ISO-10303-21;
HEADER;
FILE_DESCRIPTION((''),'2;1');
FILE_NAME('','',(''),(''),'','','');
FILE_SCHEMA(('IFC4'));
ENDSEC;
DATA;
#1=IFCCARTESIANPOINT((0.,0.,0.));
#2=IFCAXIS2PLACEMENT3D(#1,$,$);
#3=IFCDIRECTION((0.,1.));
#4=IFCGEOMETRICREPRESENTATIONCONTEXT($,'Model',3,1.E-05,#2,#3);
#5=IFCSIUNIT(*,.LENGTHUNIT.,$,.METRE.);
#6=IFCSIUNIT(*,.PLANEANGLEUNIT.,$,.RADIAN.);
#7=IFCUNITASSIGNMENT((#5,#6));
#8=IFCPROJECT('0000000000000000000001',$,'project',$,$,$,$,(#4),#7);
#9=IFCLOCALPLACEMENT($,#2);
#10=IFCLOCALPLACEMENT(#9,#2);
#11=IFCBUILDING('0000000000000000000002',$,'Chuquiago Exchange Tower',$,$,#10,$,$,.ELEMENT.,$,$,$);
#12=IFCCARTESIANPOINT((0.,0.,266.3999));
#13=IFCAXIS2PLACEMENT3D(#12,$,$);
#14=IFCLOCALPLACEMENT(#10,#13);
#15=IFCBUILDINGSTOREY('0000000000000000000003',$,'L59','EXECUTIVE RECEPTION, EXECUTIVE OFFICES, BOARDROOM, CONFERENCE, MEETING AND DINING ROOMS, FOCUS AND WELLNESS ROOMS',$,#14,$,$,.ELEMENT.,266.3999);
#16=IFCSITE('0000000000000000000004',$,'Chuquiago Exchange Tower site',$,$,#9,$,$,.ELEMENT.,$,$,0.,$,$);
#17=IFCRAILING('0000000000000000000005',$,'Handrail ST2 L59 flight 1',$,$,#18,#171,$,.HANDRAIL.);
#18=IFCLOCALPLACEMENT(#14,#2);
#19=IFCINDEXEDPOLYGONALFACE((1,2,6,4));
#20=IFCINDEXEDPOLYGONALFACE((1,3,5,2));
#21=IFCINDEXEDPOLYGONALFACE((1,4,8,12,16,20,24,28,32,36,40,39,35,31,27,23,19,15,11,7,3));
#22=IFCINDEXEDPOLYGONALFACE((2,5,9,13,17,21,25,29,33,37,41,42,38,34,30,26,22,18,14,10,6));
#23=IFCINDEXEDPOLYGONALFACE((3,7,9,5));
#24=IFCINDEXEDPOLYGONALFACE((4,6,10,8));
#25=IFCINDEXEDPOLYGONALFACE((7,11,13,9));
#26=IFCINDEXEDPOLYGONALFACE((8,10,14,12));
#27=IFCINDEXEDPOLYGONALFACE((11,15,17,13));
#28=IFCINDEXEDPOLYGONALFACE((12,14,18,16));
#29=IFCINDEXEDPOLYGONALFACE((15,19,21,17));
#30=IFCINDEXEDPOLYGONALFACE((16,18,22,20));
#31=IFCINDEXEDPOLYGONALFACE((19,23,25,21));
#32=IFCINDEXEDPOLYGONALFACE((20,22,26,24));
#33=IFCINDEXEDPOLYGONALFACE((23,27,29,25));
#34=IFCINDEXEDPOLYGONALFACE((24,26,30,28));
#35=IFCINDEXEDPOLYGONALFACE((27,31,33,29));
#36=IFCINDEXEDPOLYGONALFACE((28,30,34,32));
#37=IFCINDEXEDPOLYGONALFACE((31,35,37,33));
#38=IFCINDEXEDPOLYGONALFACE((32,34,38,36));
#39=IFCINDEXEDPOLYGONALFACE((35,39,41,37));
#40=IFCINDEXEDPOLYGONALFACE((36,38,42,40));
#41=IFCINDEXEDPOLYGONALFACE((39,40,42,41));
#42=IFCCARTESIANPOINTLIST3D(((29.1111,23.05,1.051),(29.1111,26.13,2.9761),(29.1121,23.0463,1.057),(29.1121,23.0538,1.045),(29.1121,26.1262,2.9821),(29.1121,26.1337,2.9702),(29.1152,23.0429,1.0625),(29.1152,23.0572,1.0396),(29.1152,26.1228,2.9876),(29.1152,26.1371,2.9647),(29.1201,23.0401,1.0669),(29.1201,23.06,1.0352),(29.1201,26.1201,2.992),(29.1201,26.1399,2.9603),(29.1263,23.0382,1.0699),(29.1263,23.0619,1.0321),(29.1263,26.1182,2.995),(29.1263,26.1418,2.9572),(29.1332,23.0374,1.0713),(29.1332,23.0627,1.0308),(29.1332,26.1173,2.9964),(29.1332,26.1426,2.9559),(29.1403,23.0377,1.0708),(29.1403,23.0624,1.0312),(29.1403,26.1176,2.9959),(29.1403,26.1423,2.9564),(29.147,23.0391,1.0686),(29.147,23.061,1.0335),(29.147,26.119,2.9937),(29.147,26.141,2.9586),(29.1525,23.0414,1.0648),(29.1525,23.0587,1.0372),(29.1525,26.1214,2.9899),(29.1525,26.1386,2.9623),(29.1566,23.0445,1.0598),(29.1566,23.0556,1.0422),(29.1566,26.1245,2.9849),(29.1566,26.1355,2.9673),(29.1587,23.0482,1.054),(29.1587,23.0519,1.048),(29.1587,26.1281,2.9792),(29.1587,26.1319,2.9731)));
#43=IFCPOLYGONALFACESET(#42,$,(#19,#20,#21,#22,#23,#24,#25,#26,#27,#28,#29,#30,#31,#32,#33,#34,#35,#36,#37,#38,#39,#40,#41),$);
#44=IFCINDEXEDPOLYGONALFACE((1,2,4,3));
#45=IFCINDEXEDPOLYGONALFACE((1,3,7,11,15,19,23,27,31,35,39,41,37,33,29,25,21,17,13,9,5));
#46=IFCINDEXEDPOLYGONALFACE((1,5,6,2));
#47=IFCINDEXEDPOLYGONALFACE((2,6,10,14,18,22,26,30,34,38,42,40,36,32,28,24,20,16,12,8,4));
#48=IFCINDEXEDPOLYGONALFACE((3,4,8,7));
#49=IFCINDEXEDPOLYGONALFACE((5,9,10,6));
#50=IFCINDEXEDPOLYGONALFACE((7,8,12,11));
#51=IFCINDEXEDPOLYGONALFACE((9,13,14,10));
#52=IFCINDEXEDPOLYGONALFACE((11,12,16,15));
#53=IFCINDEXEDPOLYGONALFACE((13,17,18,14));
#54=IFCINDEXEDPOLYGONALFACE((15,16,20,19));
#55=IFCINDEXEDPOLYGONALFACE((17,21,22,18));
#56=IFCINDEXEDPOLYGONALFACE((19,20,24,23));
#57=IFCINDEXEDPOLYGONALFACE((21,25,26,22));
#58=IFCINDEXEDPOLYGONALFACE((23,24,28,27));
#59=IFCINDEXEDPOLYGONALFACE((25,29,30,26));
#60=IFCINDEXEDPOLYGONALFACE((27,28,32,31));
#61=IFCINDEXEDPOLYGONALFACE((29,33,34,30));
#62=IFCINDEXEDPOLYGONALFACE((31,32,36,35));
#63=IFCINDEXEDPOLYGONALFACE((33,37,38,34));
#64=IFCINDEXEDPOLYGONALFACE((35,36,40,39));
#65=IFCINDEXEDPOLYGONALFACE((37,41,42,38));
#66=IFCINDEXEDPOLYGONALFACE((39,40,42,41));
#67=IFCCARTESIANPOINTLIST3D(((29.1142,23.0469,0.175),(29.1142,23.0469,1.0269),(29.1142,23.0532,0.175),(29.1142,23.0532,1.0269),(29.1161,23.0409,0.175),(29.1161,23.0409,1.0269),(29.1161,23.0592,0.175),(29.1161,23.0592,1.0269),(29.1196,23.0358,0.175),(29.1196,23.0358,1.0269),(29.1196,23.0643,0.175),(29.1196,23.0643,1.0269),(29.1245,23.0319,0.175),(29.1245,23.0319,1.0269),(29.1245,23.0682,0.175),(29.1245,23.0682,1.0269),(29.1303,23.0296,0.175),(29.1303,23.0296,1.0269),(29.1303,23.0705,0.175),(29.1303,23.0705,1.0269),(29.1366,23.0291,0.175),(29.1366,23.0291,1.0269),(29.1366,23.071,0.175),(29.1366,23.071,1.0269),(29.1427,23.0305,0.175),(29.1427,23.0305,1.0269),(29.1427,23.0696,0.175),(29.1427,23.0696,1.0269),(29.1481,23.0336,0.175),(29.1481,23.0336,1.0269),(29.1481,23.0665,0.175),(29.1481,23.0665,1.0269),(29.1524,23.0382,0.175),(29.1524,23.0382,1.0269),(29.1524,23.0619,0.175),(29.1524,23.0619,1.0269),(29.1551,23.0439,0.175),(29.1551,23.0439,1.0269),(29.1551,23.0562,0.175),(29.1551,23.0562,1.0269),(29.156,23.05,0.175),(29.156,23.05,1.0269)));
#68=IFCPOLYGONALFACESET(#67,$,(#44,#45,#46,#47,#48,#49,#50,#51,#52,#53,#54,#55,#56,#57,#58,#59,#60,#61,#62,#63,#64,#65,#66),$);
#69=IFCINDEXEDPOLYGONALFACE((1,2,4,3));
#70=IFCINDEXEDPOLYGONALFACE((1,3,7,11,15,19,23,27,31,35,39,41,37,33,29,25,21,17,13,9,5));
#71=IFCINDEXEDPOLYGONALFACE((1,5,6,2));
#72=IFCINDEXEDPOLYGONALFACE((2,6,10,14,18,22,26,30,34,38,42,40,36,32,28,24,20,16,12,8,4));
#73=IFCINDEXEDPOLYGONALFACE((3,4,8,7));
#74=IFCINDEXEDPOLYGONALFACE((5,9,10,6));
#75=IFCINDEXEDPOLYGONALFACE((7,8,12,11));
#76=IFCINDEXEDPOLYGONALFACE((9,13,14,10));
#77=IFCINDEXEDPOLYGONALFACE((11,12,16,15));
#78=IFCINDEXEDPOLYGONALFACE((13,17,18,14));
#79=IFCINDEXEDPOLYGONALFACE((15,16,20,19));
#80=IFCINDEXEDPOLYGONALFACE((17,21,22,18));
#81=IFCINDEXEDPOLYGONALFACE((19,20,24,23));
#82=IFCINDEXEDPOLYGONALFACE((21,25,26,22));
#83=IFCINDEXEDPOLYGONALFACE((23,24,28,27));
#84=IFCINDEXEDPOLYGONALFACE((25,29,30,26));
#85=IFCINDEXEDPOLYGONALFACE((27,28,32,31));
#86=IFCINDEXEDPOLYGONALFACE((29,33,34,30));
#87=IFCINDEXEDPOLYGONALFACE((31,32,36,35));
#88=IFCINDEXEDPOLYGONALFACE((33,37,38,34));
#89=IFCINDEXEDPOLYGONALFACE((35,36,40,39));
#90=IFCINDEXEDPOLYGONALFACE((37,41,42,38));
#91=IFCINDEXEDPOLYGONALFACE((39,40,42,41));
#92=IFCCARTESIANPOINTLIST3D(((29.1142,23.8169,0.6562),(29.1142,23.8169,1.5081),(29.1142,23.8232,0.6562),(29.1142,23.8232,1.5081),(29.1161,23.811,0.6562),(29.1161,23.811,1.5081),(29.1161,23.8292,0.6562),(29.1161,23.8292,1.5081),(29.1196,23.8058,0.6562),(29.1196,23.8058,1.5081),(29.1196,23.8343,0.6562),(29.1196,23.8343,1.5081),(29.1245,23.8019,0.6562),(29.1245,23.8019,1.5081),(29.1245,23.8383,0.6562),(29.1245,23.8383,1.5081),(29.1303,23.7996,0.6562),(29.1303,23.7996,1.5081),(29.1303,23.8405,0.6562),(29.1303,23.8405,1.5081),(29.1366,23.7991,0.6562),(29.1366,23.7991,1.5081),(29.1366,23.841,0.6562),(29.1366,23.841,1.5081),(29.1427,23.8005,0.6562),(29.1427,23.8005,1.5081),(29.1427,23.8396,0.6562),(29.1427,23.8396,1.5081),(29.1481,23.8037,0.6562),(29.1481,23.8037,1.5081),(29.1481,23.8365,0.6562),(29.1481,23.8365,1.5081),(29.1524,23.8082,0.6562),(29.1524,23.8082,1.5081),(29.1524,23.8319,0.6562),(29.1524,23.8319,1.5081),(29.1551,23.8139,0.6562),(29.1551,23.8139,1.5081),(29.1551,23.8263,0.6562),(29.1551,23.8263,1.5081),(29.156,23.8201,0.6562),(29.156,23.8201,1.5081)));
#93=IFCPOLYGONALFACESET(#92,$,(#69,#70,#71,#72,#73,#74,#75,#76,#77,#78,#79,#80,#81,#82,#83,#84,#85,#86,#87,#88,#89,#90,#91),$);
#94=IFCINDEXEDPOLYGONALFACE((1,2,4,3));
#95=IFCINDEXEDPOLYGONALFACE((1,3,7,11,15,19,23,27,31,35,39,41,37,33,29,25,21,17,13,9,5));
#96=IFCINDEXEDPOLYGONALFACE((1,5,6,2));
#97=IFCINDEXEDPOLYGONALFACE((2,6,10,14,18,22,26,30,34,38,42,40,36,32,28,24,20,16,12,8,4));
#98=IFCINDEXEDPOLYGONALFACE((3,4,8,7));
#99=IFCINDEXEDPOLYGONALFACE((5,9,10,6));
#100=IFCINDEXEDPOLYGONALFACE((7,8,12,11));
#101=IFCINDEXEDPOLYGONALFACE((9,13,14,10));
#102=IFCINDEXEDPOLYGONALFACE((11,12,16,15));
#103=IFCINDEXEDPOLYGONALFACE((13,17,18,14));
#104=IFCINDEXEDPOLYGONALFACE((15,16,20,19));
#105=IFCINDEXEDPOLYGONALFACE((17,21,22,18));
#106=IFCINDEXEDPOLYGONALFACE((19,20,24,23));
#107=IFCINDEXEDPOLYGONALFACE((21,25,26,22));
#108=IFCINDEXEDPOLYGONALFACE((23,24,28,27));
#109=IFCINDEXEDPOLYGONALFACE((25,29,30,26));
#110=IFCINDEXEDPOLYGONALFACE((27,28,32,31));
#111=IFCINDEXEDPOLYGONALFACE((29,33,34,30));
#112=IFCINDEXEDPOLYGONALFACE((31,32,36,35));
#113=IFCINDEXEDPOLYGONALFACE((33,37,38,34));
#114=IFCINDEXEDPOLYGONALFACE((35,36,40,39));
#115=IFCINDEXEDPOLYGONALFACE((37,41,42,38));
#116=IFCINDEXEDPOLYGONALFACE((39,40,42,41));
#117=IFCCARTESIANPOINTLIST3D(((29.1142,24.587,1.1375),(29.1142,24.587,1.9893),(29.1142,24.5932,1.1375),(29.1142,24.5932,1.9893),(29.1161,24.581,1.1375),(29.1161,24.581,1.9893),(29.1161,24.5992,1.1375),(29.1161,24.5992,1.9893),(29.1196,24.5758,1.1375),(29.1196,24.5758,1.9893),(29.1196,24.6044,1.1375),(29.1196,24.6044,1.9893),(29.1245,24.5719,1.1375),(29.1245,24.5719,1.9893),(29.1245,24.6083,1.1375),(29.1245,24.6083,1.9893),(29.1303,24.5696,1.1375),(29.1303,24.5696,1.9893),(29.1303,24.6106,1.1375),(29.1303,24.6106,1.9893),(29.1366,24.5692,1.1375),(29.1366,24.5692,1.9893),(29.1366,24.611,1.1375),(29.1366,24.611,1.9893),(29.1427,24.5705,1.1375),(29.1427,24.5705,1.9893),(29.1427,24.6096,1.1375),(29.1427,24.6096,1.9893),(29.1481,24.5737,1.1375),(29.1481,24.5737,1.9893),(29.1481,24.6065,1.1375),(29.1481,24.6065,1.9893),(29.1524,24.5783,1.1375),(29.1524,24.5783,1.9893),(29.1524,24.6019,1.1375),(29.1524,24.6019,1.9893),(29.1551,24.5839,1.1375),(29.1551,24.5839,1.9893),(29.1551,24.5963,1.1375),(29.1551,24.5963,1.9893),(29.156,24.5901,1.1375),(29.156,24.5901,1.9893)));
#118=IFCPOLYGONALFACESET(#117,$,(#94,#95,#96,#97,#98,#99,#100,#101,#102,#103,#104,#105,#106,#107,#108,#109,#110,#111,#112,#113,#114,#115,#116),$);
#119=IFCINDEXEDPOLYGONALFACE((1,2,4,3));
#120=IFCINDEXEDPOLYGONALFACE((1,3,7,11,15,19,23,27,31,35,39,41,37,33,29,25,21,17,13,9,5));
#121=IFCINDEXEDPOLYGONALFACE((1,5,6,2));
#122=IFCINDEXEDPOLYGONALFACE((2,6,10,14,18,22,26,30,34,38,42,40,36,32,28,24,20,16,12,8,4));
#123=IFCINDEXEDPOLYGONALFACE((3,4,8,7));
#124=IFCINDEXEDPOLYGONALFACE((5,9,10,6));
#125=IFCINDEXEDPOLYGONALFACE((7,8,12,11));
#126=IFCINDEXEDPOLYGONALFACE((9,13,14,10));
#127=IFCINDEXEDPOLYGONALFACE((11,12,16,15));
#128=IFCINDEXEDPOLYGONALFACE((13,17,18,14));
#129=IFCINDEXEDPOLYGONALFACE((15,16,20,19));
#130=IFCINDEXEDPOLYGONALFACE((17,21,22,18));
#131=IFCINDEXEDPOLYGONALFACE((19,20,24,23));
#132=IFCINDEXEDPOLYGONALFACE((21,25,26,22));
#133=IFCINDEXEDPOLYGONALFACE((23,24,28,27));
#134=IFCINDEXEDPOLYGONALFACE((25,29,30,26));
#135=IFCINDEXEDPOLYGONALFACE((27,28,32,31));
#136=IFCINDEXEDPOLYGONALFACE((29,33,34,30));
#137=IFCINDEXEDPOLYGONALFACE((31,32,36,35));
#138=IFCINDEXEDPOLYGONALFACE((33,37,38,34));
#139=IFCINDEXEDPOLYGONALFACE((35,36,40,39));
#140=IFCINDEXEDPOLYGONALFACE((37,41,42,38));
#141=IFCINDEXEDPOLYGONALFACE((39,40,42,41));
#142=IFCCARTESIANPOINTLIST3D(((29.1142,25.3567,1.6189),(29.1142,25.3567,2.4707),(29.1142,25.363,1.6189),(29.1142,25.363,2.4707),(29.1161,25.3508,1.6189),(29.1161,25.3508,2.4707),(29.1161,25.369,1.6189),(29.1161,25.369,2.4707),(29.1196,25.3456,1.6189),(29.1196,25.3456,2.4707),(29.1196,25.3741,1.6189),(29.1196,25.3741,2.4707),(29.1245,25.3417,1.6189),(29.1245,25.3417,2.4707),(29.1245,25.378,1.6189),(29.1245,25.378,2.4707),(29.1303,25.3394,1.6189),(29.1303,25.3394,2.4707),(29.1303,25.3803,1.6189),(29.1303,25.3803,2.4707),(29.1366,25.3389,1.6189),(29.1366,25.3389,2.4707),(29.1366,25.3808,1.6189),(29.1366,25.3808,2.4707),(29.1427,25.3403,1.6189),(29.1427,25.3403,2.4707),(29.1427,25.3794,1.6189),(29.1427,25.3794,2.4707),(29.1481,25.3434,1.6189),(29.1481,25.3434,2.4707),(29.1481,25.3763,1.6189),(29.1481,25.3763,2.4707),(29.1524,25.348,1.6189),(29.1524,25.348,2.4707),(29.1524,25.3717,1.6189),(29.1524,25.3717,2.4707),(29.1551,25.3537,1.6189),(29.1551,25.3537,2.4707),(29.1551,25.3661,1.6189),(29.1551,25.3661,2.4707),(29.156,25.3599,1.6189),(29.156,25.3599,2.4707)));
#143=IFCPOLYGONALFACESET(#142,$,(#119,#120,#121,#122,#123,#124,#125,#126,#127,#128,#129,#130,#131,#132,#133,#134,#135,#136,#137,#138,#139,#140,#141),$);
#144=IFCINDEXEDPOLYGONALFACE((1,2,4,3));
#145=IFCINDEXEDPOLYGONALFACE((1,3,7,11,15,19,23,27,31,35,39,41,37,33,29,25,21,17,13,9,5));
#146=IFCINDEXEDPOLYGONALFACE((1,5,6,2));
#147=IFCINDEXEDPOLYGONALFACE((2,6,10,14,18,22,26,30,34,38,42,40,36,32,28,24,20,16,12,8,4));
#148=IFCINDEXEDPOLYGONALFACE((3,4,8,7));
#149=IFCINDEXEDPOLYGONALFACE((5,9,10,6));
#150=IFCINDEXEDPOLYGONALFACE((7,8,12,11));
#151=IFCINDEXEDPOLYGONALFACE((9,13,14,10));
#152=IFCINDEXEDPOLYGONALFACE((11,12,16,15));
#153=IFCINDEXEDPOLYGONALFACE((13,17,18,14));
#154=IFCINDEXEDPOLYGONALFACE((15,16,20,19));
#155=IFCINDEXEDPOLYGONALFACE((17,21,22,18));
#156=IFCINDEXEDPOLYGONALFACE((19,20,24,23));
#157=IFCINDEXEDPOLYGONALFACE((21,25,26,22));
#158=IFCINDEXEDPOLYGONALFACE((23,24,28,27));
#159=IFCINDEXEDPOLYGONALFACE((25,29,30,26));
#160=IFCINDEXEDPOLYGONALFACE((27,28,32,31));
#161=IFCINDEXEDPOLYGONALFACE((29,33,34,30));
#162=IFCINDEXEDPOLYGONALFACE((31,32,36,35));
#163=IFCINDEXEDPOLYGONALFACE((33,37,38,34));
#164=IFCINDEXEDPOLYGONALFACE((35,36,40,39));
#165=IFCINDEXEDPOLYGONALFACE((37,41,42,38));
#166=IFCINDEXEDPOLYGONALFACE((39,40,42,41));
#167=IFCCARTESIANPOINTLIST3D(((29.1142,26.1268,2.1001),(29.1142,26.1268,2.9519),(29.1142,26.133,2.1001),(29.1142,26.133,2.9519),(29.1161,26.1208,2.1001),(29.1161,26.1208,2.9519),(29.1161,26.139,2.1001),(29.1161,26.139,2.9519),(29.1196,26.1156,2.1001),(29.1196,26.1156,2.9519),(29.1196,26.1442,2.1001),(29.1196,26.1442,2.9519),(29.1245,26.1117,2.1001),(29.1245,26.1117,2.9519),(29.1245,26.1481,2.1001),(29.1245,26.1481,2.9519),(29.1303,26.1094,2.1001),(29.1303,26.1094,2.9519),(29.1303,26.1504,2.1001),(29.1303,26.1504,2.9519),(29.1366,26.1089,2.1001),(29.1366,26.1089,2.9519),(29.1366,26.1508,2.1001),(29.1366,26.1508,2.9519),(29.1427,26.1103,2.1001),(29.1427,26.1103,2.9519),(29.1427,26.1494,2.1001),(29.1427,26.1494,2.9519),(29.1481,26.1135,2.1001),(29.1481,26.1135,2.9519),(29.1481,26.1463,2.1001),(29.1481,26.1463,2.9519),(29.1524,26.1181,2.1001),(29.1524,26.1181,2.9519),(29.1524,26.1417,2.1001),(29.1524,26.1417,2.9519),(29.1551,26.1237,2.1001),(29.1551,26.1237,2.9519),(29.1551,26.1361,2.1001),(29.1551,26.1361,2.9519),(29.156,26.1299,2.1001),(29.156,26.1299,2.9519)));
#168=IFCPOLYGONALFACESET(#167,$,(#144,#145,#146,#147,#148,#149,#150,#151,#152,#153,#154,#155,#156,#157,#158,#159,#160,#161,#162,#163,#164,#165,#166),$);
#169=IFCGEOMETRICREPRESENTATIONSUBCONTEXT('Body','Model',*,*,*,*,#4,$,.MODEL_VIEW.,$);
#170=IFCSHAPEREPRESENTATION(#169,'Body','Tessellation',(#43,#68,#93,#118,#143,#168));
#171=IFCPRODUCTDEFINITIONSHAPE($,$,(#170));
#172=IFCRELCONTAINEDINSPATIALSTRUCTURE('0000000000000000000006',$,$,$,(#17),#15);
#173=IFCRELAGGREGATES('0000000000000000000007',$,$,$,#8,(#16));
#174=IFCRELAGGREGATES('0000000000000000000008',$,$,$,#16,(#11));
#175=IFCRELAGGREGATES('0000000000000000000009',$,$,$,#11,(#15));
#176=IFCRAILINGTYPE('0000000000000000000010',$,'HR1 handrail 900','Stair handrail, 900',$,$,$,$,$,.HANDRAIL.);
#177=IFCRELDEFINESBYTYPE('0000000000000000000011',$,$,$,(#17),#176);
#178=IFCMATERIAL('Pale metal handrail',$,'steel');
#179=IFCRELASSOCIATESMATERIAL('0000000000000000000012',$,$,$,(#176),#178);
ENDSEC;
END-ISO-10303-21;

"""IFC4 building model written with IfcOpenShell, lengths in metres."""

from ifc_helpers import new_model, si_unit, direction, frame, origin, origin_2d, place, context, subcontext, project, spatial, circle, extrude, material, type_object, element, save


model = new_model("IFC4")

# Units and contexts
model_context = context("Model", 3, precision=1e-05, world=origin(), true_north=direction((0.0, 1.0)))
body_context = subcontext(model_context, "Body", "Model", "MODEL_VIEW")
ifc_project = project(units=[si_unit("LENGTHUNIT", "METRE"), si_unit("PLANEANGLEUNIT", "RADIAN")], contexts=[model_context])

# Site, building, storey
site_placement = place(None, origin())
site = spatial("IfcSite", under=ifc_project, at=site_placement, Name="Chuquiago Exchange Tower site", CompositionType="ELEMENT", RefElevation=0.0)
building_placement = place(site_placement, origin())
building = spatial("IfcBuilding", under=site, at=building_placement, Name="Chuquiago Exchange Tower", CompositionType="ELEMENT")
storey_placement = place(building_placement, frame((0.0, 0.0, 266.3999)))
storey = spatial("IfcBuildingStorey", under=building, at=storey_placement, Name="L59", Description="EXECUTIVE RECEPTION, EXECUTIVE OFFICES, BOARDROOM, CONFERENCE, MEETING AND DINING ROOMS, FOCUS AND WELLNESS ROOMS", CompositionType="ELEMENT", Elevation=266.3999)

# Railing
ifc_material_1 = material(Name="Pale metal handrail", Category="steel")
railing_type_1 = type_object("IfcRailingType", Name="HR1 handrail 900", Description="Stair handrail, 900", PredefinedType="HANDRAIL", material=ifc_material_1)
railing_1_placement = place(storey_placement, frame((29.135, 23.05, 0.175)))
element("IfcRailing", 1, at=railing_1_placement, inside=storey, type_object=railing_type_1, Name="Handrail ST2 L59 flight 1", PredefinedType="HANDRAIL", context=body_context, shape_type="SweptSolid", body=[
    extrude(circle(Radius=0.0239, at=origin_2d()), frame((0.0, 0.0, 0.876), z_axis=(0.0, 0.847979, 0.530029), x_axis=(-1.0, 0.0, 0.0)), (0.0, 0.0, 1.0), 3.6321),
    extrude(circle(Radius=0.021, at=origin_2d()), origin(), (0.0, 0.0, 1.0), 0.8518),
    extrude(circle(Radius=0.021, at=origin_2d()), frame((0.0, 0.77, 0.4812)), (0.0, 0.0, 1.0), 0.8518),
    extrude(circle(Radius=0.021, at=origin_2d()), frame((0.0, 1.54, 0.9624)), (0.0, 0.0, 1.0), 0.8518),
    extrude(circle(Radius=0.021, at=origin_2d()), frame((0.0, 2.3098, 1.4438)), (0.0, 0.0, 1.0), 0.8518),
    extrude(circle(Radius=0.021, at=origin_2d()), frame((0.0, 3.0798, 1.925)), (0.0, 0.0, 1.0), 0.8518),
])

save(model, "model.ifc")
